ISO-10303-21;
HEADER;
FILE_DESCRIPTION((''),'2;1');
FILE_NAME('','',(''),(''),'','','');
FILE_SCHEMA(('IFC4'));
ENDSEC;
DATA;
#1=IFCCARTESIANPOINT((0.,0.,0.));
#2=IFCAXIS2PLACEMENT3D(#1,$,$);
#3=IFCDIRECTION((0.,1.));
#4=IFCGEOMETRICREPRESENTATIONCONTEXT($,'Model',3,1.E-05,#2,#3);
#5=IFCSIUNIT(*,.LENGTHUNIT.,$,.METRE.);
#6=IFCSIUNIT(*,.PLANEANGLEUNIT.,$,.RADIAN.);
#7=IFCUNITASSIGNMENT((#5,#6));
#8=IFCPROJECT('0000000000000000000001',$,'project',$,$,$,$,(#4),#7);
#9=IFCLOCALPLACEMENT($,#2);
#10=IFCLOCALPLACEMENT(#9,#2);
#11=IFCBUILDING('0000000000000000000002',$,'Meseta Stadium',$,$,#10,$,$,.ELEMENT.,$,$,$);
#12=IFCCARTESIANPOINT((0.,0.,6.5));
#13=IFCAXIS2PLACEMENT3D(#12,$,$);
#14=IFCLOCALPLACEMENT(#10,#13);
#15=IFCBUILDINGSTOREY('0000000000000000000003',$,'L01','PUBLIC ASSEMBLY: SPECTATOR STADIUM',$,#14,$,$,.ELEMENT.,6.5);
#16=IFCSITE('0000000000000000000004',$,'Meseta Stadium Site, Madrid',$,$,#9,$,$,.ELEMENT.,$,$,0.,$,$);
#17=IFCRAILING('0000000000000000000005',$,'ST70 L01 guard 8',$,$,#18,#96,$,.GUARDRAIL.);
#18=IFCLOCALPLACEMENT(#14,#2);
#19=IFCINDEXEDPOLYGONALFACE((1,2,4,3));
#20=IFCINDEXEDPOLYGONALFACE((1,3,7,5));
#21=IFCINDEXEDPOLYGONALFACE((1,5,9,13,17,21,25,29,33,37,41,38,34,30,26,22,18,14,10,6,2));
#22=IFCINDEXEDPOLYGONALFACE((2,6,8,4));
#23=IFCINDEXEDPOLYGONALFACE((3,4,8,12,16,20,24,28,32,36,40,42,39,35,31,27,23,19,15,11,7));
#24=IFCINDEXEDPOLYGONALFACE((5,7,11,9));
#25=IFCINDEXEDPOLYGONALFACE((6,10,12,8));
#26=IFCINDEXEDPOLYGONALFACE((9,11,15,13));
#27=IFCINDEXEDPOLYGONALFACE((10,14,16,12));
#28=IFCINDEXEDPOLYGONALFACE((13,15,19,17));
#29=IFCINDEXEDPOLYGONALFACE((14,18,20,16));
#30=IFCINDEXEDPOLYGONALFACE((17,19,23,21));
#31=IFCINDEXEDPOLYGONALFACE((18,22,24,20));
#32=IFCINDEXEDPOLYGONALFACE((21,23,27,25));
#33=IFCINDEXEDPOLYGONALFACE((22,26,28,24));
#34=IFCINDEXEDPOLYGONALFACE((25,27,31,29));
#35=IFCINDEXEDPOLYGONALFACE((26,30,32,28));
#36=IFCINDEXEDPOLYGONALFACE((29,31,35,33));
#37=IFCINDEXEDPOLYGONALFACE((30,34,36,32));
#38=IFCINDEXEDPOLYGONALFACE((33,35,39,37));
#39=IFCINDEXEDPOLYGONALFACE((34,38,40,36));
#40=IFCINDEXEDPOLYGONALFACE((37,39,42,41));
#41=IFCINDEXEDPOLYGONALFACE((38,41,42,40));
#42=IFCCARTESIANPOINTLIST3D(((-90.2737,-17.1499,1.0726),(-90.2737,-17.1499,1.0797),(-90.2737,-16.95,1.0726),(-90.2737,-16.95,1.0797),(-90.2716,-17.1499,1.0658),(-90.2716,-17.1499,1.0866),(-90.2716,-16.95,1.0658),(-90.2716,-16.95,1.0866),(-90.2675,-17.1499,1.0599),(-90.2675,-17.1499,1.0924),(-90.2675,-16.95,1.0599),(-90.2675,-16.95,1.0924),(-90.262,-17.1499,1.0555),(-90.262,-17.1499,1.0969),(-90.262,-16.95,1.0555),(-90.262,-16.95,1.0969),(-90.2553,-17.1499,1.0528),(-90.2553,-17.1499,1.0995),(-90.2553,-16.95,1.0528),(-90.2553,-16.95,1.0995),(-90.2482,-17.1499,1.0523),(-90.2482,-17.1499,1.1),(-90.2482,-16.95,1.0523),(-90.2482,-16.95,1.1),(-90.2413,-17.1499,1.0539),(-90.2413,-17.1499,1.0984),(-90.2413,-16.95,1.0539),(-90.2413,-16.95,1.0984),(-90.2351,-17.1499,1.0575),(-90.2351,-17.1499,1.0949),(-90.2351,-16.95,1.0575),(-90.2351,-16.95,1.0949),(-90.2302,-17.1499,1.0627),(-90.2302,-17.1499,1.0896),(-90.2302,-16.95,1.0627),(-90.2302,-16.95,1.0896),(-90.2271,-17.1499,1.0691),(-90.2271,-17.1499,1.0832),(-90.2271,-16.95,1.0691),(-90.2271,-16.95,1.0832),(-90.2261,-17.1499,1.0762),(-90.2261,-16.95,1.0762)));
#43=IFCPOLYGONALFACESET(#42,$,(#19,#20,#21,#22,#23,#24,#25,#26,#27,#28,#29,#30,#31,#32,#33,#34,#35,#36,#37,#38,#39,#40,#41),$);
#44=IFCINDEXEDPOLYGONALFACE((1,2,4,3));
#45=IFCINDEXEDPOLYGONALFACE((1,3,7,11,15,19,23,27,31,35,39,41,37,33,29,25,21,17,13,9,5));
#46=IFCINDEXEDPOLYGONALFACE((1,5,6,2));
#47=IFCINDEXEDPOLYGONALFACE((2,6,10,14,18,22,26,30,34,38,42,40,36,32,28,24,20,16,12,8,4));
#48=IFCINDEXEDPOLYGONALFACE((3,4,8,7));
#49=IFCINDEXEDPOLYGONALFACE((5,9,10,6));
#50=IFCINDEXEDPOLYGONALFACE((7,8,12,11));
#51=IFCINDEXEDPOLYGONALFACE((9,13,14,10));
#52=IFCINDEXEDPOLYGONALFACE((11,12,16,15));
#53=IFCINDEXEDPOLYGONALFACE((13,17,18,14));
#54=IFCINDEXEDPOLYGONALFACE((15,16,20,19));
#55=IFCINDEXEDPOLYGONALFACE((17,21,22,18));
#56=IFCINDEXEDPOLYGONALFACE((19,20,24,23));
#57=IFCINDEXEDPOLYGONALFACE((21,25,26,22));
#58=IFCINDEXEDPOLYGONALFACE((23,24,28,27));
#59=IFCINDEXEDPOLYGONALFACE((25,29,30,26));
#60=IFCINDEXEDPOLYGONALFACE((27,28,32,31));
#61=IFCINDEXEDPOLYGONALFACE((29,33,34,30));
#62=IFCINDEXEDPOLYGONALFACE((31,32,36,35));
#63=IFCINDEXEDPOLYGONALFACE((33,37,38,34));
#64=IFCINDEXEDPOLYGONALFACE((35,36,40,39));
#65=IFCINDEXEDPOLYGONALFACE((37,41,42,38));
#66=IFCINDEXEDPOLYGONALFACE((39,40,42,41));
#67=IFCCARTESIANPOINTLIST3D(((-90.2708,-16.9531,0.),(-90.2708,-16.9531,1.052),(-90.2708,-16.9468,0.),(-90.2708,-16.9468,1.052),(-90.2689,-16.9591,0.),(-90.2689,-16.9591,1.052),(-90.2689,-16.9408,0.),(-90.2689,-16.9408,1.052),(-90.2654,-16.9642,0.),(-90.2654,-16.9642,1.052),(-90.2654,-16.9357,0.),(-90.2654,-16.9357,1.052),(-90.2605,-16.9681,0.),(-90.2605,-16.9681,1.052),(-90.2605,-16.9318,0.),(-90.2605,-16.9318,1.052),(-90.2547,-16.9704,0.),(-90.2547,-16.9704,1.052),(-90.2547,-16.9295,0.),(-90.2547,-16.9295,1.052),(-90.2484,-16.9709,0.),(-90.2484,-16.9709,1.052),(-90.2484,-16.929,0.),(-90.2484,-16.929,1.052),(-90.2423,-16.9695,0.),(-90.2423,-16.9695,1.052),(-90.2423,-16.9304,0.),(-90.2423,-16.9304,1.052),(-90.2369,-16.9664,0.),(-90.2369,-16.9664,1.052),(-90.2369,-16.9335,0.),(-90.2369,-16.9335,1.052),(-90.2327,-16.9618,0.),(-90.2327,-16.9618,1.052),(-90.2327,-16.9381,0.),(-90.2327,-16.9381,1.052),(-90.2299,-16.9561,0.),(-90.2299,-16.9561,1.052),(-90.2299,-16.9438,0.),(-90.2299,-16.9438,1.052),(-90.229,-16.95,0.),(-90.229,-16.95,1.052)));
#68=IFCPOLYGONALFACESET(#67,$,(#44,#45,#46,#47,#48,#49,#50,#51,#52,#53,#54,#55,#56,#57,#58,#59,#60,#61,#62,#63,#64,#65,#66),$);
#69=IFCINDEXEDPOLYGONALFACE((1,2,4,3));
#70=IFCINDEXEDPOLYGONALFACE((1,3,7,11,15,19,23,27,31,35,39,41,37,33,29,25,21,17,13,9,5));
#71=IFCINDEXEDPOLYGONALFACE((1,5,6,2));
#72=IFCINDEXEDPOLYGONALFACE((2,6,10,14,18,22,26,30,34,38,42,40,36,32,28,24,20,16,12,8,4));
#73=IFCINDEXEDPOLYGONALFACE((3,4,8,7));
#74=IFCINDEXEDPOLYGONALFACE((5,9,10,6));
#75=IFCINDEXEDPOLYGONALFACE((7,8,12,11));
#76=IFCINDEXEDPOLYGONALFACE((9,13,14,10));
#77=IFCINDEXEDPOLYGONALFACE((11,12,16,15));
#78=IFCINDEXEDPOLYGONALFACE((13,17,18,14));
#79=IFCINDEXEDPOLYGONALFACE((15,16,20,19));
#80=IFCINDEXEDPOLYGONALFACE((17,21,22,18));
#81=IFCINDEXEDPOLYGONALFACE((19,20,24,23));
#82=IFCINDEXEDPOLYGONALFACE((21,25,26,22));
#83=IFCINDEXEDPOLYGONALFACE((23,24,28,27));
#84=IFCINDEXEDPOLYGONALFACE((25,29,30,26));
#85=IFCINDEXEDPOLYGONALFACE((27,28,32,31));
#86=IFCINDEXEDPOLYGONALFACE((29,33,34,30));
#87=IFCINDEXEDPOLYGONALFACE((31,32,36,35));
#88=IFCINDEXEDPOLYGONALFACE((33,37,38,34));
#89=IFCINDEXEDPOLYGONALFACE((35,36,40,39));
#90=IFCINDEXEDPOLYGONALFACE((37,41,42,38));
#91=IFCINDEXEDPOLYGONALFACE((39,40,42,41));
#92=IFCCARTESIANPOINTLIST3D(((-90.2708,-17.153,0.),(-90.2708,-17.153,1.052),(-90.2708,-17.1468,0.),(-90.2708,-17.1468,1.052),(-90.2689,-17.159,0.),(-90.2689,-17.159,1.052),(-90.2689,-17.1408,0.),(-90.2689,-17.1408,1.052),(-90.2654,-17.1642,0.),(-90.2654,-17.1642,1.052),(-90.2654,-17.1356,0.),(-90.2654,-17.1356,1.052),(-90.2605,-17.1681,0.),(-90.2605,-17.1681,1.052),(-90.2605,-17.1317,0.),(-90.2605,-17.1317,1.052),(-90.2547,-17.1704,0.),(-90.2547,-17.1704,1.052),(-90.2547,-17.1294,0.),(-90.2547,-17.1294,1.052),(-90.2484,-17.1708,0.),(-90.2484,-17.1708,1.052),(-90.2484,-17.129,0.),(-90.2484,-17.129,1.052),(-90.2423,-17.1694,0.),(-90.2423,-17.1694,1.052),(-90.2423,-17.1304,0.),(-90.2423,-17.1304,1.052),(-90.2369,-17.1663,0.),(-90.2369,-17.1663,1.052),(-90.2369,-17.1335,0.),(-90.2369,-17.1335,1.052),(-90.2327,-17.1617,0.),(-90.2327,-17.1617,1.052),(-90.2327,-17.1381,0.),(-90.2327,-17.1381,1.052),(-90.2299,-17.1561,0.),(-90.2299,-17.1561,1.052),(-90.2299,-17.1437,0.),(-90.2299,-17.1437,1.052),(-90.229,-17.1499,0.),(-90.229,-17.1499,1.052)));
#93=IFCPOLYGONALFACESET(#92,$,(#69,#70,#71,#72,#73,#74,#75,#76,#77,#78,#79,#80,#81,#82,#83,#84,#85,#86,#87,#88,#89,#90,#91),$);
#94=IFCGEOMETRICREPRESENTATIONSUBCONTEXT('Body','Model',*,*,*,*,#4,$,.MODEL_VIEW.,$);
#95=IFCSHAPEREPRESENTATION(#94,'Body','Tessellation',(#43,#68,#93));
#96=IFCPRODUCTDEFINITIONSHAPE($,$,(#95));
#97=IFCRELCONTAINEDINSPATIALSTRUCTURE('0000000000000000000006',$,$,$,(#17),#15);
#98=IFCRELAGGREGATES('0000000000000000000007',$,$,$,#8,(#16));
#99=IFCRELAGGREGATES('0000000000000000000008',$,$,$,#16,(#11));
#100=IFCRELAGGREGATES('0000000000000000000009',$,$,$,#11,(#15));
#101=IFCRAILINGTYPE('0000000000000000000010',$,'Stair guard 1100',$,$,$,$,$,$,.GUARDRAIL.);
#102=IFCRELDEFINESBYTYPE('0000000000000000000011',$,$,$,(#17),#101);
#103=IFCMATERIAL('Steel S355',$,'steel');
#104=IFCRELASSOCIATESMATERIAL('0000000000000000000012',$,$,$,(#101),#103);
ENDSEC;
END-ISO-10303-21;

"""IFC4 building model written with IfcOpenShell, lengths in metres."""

from ifc_helpers import new_model, si_unit, direction, frame, origin, origin_2d, place, context, subcontext, project, spatial, circle, extrude, material, type_object, element, save


model = new_model("IFC4")

# Units and contexts
model_context = context("Model", 3, precision=1e-05, world=origin(), true_north=direction((0.0, 1.0)))
body_context = subcontext(model_context, "Body", "Model", "MODEL_VIEW")
ifc_project = project(units=[si_unit("LENGTHUNIT", "METRE"), si_unit("PLANEANGLEUNIT", "RADIAN")], contexts=[model_context])

# Site, building, storey
site_placement = place(None, origin())
site = spatial("IfcSite", under=ifc_project, at=site_placement, Name="Meseta Stadium Site, Madrid", CompositionType="ELEMENT", RefElevation=0.0)
building_placement = place(site_placement, origin())
building = spatial("IfcBuilding", under=site, at=building_placement, Name="Meseta Stadium", CompositionType="ELEMENT")
storey_placement = place(building_placement, frame((0.0, 0.0, 6.5)))
storey = spatial("IfcBuildingStorey", under=building, at=storey_placement, Name="L01", Description="PUBLIC ASSEMBLY: SPECTATOR STADIUM", CompositionType="ELEMENT", Elevation=6.5)

# Railing
ifc_material_1 = material(Name="Steel S355", Category="steel")
railing_type_1 = type_object("IfcRailingType", Name="Stair guard 1100", PredefinedType="GUARDRAIL", material=ifc_material_1)
railing_1_placement = place(storey_placement, frame((-90.25, -16.95, 0.0)))
element("IfcRailing", 1, at=railing_1_placement, inside=storey, type_object=railing_type_1, Name="ST70 L01 guard 8", PredefinedType="GUARDRAIL", context=body_context, shape_type="SweptSolid", body=[
    extrude(circle(Radius=0.0239, at=origin_2d()), frame((0.0, 0.0, 1.0762), z_axis=(0.0, -1.0, 0.0), x_axis=(1.0, 0.0, 0.0)), (0.0, 0.0, 1.0), 0.2),
    extrude(circle(Radius=0.021, at=origin_2d()), origin(), (0.0, 0.0, 1.0), 1.052),
    extrude(circle(Radius=0.021, at=origin_2d()), frame((0.0, -0.2, 0.0)), (0.0, 0.0, 1.0), 1.052),
])

save(model, "model.ifc")
